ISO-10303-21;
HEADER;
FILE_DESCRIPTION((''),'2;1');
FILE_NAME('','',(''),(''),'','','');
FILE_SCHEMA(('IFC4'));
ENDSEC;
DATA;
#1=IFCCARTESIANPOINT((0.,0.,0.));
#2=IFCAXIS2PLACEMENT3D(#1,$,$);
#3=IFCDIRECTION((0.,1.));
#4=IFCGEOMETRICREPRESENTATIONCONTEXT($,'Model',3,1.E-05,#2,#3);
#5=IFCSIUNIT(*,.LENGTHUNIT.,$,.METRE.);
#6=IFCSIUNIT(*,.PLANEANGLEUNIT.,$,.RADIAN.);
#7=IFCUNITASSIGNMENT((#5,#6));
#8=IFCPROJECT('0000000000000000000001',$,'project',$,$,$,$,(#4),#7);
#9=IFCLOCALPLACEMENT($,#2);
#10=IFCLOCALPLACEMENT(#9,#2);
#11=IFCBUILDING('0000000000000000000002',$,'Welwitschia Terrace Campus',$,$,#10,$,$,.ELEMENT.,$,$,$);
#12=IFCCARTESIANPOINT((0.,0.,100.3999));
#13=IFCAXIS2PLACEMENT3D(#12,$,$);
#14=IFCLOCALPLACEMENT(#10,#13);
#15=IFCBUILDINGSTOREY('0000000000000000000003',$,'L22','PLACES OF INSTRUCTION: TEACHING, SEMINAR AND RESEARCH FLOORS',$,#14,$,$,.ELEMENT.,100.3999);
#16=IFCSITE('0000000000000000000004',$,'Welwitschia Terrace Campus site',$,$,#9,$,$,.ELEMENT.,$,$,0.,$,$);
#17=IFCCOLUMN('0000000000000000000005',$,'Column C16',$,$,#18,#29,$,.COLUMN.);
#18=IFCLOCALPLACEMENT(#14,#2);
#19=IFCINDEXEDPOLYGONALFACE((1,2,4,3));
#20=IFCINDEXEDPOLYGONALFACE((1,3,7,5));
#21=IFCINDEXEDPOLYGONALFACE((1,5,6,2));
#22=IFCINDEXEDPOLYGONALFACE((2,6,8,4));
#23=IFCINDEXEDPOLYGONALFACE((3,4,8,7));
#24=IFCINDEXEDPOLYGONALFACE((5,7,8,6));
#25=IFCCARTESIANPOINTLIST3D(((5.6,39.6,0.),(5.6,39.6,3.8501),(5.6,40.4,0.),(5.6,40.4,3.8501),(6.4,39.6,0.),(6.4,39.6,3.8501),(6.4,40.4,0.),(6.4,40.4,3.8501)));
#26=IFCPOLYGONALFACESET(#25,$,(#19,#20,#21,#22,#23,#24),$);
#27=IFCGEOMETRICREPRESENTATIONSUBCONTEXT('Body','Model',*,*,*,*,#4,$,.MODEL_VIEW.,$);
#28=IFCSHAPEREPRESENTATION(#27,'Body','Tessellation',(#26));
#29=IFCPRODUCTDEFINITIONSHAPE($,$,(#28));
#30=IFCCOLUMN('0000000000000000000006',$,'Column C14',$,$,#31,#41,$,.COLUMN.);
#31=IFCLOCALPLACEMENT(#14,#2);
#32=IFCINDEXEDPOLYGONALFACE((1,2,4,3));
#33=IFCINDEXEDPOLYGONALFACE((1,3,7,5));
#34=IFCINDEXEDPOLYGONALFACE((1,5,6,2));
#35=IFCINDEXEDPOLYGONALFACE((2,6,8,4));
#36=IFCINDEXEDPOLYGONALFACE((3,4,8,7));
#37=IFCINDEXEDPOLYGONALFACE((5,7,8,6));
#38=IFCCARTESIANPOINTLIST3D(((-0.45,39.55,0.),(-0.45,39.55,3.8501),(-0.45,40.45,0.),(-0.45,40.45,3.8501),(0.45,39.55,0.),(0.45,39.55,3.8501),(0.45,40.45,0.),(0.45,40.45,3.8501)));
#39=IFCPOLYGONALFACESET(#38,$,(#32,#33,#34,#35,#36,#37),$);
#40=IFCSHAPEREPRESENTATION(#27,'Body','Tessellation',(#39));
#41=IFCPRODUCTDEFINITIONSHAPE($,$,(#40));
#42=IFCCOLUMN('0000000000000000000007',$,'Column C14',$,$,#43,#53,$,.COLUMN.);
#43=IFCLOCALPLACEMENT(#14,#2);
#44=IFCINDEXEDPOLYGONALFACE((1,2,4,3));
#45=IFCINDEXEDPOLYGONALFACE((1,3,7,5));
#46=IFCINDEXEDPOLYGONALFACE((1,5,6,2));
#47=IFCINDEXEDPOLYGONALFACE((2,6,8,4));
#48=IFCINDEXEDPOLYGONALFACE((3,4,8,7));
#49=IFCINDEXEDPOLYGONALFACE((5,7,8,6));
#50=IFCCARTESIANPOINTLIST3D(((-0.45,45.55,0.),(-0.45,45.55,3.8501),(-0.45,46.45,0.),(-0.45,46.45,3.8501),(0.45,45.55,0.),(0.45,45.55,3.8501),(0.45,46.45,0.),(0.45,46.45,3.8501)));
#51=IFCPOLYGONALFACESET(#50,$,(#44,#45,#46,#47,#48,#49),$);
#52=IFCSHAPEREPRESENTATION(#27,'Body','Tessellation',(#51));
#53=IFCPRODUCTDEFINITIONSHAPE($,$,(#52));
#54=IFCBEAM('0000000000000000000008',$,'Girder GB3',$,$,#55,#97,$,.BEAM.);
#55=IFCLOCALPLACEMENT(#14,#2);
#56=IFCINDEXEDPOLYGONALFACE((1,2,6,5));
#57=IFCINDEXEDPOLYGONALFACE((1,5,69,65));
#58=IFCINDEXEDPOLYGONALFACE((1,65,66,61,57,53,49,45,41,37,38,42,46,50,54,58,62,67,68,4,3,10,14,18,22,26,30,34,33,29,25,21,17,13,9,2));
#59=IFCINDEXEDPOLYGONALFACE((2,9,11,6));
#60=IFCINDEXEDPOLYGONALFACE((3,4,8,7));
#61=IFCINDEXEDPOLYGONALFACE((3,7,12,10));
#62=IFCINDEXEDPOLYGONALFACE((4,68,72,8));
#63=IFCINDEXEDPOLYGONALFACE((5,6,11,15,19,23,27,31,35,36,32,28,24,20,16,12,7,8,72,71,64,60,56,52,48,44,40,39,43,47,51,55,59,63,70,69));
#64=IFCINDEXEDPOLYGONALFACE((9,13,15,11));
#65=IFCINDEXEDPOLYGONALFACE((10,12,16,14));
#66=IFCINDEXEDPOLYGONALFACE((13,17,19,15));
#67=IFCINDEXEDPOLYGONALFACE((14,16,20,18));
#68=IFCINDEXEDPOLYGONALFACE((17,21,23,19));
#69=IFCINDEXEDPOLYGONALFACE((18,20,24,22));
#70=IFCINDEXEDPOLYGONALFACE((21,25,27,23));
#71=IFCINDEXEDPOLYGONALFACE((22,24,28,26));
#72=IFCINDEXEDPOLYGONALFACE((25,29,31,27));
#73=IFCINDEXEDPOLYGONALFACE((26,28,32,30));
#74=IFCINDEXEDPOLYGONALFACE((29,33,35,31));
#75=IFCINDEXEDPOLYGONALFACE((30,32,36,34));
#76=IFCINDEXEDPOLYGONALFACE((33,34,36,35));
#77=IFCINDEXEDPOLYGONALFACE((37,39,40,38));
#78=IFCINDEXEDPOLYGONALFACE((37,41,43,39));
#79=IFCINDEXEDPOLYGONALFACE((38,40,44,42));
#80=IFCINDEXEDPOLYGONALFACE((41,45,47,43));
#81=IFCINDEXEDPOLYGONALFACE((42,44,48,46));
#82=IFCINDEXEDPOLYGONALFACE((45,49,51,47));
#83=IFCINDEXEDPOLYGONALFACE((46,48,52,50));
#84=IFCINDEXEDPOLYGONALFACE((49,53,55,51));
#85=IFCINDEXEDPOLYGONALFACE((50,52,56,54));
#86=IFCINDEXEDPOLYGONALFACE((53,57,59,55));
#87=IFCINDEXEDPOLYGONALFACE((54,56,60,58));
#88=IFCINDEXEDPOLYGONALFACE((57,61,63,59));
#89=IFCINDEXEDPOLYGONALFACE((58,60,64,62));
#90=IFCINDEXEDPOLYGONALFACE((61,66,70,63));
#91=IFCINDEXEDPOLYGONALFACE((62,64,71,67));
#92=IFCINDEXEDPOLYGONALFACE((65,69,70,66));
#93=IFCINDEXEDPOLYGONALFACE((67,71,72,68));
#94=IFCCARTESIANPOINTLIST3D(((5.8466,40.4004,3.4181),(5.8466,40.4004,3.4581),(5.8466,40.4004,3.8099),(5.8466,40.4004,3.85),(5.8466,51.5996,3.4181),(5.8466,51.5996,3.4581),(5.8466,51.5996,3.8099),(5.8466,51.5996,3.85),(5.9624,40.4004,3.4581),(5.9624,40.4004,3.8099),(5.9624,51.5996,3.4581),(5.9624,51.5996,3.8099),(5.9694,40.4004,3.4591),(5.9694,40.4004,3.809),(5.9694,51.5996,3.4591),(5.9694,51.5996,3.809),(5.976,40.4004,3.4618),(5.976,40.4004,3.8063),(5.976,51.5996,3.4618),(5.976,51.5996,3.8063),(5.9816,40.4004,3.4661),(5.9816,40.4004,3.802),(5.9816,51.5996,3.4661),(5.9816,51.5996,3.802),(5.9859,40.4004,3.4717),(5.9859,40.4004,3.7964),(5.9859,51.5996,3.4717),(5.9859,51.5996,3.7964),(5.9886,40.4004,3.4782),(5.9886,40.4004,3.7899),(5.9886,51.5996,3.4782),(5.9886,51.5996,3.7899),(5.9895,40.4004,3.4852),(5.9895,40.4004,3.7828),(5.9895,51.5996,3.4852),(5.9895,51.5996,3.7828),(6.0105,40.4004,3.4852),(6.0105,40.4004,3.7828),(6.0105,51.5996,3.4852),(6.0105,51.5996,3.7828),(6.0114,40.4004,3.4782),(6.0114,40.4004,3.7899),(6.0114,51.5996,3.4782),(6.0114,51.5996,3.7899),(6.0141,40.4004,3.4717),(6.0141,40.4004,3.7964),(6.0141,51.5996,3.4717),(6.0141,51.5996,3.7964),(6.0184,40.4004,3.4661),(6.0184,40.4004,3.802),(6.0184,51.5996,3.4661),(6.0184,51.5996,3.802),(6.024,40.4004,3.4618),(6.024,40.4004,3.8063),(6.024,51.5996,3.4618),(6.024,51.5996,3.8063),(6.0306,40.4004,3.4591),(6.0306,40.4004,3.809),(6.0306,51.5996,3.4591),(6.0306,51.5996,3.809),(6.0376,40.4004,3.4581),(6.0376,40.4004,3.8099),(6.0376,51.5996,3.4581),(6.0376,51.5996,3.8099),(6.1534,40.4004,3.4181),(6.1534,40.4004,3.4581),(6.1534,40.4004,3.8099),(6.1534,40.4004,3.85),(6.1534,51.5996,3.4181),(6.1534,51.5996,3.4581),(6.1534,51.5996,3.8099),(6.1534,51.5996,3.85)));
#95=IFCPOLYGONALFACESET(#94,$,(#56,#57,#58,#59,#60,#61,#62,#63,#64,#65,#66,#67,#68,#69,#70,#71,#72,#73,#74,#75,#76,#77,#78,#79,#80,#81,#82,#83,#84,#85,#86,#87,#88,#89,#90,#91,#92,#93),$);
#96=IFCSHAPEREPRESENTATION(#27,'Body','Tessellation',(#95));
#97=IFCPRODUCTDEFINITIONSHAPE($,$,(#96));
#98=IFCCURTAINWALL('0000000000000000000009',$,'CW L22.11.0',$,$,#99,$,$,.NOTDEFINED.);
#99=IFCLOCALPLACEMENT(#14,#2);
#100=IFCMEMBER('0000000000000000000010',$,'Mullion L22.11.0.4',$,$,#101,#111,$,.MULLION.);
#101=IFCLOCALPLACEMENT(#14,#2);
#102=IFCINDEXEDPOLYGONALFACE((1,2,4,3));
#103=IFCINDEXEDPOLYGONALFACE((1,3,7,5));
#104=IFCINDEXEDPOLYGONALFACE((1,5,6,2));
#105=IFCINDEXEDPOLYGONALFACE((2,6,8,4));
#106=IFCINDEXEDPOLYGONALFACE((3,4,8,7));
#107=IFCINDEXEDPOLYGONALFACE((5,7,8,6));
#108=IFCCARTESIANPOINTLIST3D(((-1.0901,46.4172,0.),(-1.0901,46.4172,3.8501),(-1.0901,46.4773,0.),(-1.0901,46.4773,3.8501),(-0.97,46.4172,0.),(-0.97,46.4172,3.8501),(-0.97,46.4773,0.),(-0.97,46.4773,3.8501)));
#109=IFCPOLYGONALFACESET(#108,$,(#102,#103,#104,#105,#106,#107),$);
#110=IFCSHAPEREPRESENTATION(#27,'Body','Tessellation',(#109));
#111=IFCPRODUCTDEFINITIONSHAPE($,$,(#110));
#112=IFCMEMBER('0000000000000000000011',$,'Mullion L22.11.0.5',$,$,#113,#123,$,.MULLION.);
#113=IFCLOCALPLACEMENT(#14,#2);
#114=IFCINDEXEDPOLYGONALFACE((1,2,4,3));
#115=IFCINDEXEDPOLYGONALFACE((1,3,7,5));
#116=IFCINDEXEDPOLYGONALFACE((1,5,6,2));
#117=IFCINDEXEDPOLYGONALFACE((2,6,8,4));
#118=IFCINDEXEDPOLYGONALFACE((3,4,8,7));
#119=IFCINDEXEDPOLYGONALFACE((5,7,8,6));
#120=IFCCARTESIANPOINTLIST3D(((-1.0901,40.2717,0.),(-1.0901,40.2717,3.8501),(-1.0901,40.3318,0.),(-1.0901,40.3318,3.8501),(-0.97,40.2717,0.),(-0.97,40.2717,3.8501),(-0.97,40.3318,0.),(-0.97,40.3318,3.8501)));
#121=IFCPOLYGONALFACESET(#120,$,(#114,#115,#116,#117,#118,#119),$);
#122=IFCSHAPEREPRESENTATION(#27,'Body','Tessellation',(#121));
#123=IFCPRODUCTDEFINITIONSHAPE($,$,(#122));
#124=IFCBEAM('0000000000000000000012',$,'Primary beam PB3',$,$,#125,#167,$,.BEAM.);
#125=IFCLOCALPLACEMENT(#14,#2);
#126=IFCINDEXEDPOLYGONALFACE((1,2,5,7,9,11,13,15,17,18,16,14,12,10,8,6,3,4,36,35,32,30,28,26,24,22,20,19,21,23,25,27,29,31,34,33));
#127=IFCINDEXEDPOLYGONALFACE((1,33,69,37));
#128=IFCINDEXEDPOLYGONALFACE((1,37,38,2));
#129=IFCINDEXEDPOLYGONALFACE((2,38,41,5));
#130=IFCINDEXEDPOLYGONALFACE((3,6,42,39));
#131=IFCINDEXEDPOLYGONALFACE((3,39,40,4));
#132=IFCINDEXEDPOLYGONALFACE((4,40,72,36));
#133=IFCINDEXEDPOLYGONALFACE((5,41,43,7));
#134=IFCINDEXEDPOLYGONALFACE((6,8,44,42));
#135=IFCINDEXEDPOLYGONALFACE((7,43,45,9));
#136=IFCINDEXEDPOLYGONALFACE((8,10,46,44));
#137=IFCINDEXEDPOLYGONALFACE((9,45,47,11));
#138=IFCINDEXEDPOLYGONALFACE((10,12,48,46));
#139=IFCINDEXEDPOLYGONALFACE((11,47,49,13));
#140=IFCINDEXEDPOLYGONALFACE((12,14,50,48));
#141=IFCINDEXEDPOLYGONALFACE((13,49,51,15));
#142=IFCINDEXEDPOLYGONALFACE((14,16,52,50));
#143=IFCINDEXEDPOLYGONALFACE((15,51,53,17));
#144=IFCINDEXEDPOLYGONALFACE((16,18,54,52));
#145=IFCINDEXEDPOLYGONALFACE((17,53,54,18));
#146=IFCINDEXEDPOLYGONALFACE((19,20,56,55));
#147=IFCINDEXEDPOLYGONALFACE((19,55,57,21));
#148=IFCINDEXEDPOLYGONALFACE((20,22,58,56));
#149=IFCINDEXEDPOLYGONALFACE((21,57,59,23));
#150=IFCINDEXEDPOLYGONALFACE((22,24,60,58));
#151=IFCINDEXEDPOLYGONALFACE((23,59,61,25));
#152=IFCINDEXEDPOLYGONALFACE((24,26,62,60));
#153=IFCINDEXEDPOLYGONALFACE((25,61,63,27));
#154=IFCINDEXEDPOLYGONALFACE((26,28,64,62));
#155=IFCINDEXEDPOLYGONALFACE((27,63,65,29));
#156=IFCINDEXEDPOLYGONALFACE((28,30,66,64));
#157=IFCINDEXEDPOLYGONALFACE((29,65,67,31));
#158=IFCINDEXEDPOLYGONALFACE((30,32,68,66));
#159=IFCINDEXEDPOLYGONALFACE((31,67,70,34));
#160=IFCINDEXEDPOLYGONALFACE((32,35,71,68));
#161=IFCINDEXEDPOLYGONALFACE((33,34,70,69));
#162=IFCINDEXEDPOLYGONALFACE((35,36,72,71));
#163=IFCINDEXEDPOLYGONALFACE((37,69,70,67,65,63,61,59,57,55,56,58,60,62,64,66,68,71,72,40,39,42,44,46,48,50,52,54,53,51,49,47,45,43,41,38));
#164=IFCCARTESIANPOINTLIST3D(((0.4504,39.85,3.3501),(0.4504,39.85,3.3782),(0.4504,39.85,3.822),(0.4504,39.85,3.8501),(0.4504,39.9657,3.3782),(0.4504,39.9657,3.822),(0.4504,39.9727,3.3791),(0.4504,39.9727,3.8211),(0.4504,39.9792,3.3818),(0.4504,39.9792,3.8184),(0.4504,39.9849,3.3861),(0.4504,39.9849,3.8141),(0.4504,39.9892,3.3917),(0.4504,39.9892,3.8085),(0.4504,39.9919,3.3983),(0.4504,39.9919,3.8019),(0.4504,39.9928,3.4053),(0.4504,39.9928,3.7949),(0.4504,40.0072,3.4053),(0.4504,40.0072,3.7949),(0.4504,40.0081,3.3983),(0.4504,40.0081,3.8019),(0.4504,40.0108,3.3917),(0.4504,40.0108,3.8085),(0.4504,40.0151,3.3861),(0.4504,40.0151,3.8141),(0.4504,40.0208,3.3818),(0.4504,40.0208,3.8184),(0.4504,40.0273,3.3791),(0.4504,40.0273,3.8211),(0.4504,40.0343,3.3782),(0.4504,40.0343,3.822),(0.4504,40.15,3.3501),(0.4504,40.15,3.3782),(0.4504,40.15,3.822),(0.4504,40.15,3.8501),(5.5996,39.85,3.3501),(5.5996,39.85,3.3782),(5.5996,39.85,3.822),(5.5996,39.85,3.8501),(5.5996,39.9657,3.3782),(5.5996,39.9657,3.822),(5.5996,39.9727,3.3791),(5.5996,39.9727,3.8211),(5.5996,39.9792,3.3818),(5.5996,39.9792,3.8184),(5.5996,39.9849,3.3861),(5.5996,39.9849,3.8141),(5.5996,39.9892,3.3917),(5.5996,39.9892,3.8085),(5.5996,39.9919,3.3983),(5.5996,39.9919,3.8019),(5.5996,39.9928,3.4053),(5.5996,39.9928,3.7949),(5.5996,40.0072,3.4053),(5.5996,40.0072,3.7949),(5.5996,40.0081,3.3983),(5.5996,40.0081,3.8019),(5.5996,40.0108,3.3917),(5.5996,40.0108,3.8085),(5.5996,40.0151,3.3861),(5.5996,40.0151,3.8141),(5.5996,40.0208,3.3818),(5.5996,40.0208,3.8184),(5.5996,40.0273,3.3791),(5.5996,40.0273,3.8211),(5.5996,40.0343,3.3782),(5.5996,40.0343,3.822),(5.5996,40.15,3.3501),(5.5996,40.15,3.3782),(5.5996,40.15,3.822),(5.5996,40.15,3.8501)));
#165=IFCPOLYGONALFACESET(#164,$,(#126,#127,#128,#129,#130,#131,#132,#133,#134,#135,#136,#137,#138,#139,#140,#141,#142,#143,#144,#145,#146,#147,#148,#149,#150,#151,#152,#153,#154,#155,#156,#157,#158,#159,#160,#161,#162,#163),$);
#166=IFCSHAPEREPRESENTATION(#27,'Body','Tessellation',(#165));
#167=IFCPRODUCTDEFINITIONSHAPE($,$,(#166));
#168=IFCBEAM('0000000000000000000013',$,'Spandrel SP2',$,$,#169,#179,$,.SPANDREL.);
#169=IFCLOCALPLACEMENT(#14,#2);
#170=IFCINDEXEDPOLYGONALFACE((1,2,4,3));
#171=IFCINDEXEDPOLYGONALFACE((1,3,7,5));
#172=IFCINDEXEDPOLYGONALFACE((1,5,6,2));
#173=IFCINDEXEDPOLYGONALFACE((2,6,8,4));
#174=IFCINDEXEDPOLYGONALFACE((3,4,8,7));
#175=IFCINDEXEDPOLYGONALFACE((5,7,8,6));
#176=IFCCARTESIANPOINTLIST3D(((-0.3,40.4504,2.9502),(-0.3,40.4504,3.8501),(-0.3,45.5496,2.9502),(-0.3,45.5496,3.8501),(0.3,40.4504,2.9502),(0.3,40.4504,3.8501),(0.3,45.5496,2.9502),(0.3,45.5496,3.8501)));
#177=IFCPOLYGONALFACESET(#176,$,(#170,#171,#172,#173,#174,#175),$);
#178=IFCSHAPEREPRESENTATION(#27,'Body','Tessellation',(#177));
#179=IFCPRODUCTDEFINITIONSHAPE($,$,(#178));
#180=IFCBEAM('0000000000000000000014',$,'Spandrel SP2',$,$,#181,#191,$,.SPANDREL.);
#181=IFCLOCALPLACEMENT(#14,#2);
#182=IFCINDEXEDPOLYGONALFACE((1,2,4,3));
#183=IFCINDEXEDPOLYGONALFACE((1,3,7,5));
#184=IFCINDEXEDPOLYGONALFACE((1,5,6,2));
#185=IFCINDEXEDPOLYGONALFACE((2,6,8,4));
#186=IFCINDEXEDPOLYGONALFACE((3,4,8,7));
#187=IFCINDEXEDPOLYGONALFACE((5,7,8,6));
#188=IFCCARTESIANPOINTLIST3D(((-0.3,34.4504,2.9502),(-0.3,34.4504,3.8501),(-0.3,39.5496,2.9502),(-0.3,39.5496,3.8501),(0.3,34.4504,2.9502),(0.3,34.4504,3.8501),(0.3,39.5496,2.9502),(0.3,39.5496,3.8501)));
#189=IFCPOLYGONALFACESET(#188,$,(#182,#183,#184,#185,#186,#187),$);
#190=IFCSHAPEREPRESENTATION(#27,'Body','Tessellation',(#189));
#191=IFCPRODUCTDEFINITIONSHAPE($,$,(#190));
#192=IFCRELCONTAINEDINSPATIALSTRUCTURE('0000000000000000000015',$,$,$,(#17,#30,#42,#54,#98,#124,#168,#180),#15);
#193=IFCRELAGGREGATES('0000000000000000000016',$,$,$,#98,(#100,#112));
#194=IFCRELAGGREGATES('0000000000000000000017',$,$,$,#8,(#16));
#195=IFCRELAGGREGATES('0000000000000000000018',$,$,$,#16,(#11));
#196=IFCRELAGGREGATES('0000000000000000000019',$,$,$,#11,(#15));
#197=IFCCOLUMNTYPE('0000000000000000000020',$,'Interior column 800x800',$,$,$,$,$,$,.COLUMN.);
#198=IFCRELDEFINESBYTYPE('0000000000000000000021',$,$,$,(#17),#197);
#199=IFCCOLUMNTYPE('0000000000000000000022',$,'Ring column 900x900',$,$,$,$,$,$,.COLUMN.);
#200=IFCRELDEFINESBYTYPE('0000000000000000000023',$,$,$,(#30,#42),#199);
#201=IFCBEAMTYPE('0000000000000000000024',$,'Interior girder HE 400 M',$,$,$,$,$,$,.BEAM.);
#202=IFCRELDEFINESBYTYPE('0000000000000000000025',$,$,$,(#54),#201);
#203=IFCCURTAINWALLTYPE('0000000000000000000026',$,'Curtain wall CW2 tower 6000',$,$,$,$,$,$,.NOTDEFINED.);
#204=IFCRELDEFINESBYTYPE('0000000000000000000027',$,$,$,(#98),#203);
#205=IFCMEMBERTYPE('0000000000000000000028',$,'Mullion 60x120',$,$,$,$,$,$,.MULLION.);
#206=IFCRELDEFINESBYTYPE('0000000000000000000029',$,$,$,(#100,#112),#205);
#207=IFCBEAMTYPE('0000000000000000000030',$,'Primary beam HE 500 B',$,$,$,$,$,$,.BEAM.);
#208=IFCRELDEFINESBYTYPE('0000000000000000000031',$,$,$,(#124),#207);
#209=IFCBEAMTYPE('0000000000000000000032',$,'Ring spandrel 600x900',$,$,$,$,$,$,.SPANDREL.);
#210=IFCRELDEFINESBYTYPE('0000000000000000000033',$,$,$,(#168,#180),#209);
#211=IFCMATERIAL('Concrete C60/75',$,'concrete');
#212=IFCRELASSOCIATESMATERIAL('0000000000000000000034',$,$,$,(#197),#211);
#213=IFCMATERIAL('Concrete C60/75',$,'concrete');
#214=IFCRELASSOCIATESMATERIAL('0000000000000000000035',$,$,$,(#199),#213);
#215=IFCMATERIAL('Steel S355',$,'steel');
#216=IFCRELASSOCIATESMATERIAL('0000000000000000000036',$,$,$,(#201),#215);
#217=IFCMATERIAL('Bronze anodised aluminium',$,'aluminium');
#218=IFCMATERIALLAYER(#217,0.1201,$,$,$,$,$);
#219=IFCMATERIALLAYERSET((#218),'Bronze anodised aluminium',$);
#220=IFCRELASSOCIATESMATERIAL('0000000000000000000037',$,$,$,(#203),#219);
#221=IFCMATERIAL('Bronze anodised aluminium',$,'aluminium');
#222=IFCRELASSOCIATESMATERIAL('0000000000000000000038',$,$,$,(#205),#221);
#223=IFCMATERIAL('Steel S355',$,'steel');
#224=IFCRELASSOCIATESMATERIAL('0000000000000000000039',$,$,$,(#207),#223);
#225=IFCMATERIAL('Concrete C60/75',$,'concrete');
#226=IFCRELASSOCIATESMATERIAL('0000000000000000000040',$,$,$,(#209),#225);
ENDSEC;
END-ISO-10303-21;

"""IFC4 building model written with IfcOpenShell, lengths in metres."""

from ifc_helpers import new_model, si_unit, direction, frame, origin, origin_2d, place, context, subcontext, project, spatial, rectangle, i_section, extrude, material, layer, layer_set, material_profile, profile_set, type_object, element, aggregate, save


model = new_model("IFC4")

# Units and contexts
model_context = context("Model", 3, precision=1e-05, world=origin(), true_north=direction((0.0, 1.0)))
body_context = subcontext(model_context, "Body", "Model", "MODEL_VIEW")
ifc_project = project(units=[si_unit("LENGTHUNIT", "METRE"), si_unit("PLANEANGLEUNIT", "RADIAN")], contexts=[model_context])

# Site, building, storey
site_placement = place(None, origin())
site = spatial("IfcSite", under=ifc_project, at=site_placement, Name="Welwitschia Terrace Campus site", CompositionType="ELEMENT", RefElevation=0.0)
building_placement = place(site_placement, origin())
building = spatial("IfcBuilding", under=site, at=building_placement, Name="Welwitschia Terrace Campus", CompositionType="ELEMENT")
storey_placement = place(building_placement, frame((0.0, 0.0, 100.3999)))
storey = spatial("IfcBuildingStorey", under=building, at=storey_placement, Name="L22", Description="PLACES OF INSTRUCTION: TEACHING, SEMINAR AND RESEARCH FLOORS", CompositionType="ELEMENT", Elevation=100.3999)

# Columns
ifc_material_1 = material(Name="Concrete C60/75", Category="concrete")
ifc_material_profile_1 = material_profile(ifc_material_1, rectangle(XDim=0.8, YDim=0.8, at=origin_2d()))
ifc_profile_set_1 = profile_set([ifc_material_profile_1], Name="Concrete C60/75")
column_type_1 = type_object("IfcColumnType", Name="Interior column 800x800", PredefinedType="COLUMN", material=ifc_profile_set_1)
column_placement = place(storey_placement, frame((6.0, 40.0, 0.0), z_axis=(0.0, 0.0, 1.0), x_axis=(1.0, 0.0, 0.0)))
element("IfcColumn", 1, at=column_placement, inside=storey, type_object=column_type_1, Name="Column C16", PredefinedType="COLUMN", context=body_context, shape_type="SweptSolid", body=[
    extrude(rectangle(XDim=0.8, YDim=0.8, at=origin_2d()), origin(), (0.0, 0.0, 1.0), 3.8501),
])
ifc_material_2 = material(Name="Concrete C60/75", Category="concrete")
ifc_material_profile_2 = material_profile(ifc_material_2, rectangle(XDim=0.8999, YDim=0.8999, at=origin_2d()))
ifc_profile_set_2 = profile_set([ifc_material_profile_2], Name="Concrete C60/75")
column_type_2 = type_object("IfcColumnType", Name="Ring column 900x900", PredefinedType="COLUMN", material=ifc_profile_set_2)
for number, where, z_axis, x_axis, name in (
    (2, (0.0, 40.0, 0.0), (0.0, 0.0, 1.0), (1.0, 0.0, 0.0), "Column C14"),
    (3, (0.0, 46.0, 0.0), (0.0, 0.0, 1.0), (1.0, 0.0, 0.0), "Column C14"),
):
    element("IfcColumn", number, at=place(storey_placement, frame(where, z_axis=z_axis, x_axis=x_axis)), inside=storey, type_object=column_type_2, Name=name, PredefinedType="COLUMN", context=body_context, shape_type="SweptSolid", body=[
        extrude(rectangle(XDim=0.8999, YDim=0.8999, at=origin_2d()), origin(), (0.0, 0.0, 1.0), 3.8501),
    ])

# Beam
ifc_material_3 = material(Name="Steel S355", Category="steel")
ifc_material_profile_3 = material_profile(ifc_material_3, i_section(OverallWidth=0.3069, OverallDepth=0.4319, WebThickness=0.021, FlangeThickness=0.04, FilletRadius=0.0271, at=origin_2d()))
ifc_profile_set_3 = profile_set([ifc_material_profile_3], Name="Steel S355")
beam_type_1 = type_object("IfcBeamType", Name="Interior girder HE 400 M", PredefinedType="BEAM", material=ifc_profile_set_3)
beam_1_placement = place(storey_placement, frame((6.0, 40.4004, 3.634), z_axis=(0.0, 1.0, 0.0), x_axis=(-1.0, 0.0, 0.0)))
element("IfcBeam", 4, at=beam_1_placement, inside=storey, type_object=beam_type_1, Name="Girder GB3", PredefinedType="BEAM", context=body_context, shape_type="SweptSolid", body=[
    extrude(i_section(OverallWidth=0.3069, OverallDepth=0.4319, WebThickness=0.021, FlangeThickness=0.04, FilletRadius=0.0271, at=origin_2d()), origin(), (0.0, 0.0, 1.0), 11.1992),
])

# Curtain wall, members
ifc_material_4 = material(Name="Bronze anodised aluminium", Category="aluminium")
ifc_layer_1 = layer(ifc_material_4, 0.1201)
ifc_layer_set_1 = layer_set([ifc_layer_1], Name="Bronze anodised aluminium")
curtain_wall_type = type_object("IfcCurtainWallType", Name="Curtain wall CW2 tower 6000", PredefinedType="NOTDEFINED", material=ifc_layer_set_1)
curtain_wall_placement = place(storey_placement, origin())
curtain_wall = element("IfcCurtainWall", 5, at=curtain_wall_placement, inside=storey, type_object=curtain_wall_type, Name="CW L22.11.0", PredefinedType="NOTDEFINED")
ifc_material_5 = material(Name="Bronze anodised aluminium", Category="aluminium")
ifc_material_profile_4 = material_profile(ifc_material_5, rectangle(XDim=0.1201, YDim=0.0601, at=origin_2d()))
ifc_profile_set_4 = profile_set([ifc_material_profile_4], Name="Bronze anodised aluminium")
member_type = type_object("IfcMemberType", Name="Mullion 60x120", PredefinedType="MULLION", material=ifc_profile_set_4)
member_1_placement = place(storey_placement, frame((-1.03, 46.4473, 0.0), z_axis=(0.0, 0.0, 1.0), x_axis=(1.0, 0.0, 0.0)))
member_1 = element("IfcMember", 6, at=member_1_placement, type_object=member_type, Name="Mullion L22.11.0.4", PredefinedType="MULLION", context=body_context, shape_type="SweptSolid", body=[
    extrude(rectangle(XDim=0.1201, YDim=0.0601, at=origin_2d()), origin(), (0.0, 0.0, 1.0), 3.8501),
])
member_2_placement = place(storey_placement, frame((-1.03, 40.3018, 0.0), z_axis=(0.0, 0.0, 1.0), x_axis=(1.0, 0.0, 0.0)))
member_2 = element("IfcMember", 7, at=member_2_placement, type_object=member_type, Name="Mullion L22.11.0.5", PredefinedType="MULLION", context=body_context, shape_type="SweptSolid", body=[
    extrude(rectangle(XDim=0.1201, YDim=0.0601, at=origin_2d()), origin(), (0.0, 0.0, 1.0), 3.8501),
])

# Beams
ifc_material_6 = material(Name="Steel S355", Category="steel")
ifc_material_profile_5 = material_profile(ifc_material_6, i_section(OverallWidth=0.3, OverallDepth=0.5, WebThickness=0.0144, FlangeThickness=0.0281, FilletRadius=0.0271, at=origin_2d()))
ifc_profile_set_5 = profile_set([ifc_material_profile_5], Name="Steel S355")
beam_type_2 = type_object("IfcBeamType", Name="Primary beam HE 500 B", PredefinedType="BEAM", material=ifc_profile_set_5)
beam_2_placement = place(storey_placement, frame((0.4504, 40.0, 3.6001), z_axis=(1.0, 0.0, 0.0), x_axis=(0.0, 1.0, 0.0)))
element("IfcBeam", 8, at=beam_2_placement, inside=storey, type_object=beam_type_2, Name="Primary beam PB3", PredefinedType="BEAM", context=body_context, shape_type="SweptSolid", body=[
    extrude(i_section(OverallWidth=0.3, OverallDepth=0.5, WebThickness=0.0144, FlangeThickness=0.0281, FilletRadius=0.0271, at=origin_2d()), origin(), (0.0, 0.0, 1.0), 5.1492),
])
ifc_material_7 = material(Name="Concrete C60/75", Category="concrete")
ifc_material_profile_6 = material_profile(ifc_material_7, rectangle(XDim=0.6001, YDim=0.8999, at=origin_2d()))
ifc_profile_set_6 = profile_set([ifc_material_profile_6], Name="Concrete C60/75")
beam_type_3 = type_object("IfcBeamType", Name="Ring spandrel 600x900", PredefinedType="SPANDREL", material=ifc_profile_set_6)
for number, where, z_axis, x_axis, name in (
    (9, (0.0, 45.5496, 3.4001), (0.0, -1.0, 0.0), (1.0, 0.0, 0.0), "Spandrel SP2"),
    (10, (0.0, 39.5496, 3.4001), (0.0, -1.0, 0.0), (1.0, 0.0, 0.0), "Spandrel SP2"),
):
    element("IfcBeam", number, at=place(storey_placement, frame(where, z_axis=z_axis, x_axis=x_axis)), inside=storey, type_object=beam_type_3, Name=name, PredefinedType="SPANDREL", context=body_context, shape_type="SweptSolid", body=[
        extrude(rectangle(XDim=0.6001, YDim=0.8999, at=origin_2d()), origin(), (0.0, 0.0, 1.0), 5.0991),
    ])

aggregate(curtain_wall, [member_1, member_2])

save(model, "model.ifc")
